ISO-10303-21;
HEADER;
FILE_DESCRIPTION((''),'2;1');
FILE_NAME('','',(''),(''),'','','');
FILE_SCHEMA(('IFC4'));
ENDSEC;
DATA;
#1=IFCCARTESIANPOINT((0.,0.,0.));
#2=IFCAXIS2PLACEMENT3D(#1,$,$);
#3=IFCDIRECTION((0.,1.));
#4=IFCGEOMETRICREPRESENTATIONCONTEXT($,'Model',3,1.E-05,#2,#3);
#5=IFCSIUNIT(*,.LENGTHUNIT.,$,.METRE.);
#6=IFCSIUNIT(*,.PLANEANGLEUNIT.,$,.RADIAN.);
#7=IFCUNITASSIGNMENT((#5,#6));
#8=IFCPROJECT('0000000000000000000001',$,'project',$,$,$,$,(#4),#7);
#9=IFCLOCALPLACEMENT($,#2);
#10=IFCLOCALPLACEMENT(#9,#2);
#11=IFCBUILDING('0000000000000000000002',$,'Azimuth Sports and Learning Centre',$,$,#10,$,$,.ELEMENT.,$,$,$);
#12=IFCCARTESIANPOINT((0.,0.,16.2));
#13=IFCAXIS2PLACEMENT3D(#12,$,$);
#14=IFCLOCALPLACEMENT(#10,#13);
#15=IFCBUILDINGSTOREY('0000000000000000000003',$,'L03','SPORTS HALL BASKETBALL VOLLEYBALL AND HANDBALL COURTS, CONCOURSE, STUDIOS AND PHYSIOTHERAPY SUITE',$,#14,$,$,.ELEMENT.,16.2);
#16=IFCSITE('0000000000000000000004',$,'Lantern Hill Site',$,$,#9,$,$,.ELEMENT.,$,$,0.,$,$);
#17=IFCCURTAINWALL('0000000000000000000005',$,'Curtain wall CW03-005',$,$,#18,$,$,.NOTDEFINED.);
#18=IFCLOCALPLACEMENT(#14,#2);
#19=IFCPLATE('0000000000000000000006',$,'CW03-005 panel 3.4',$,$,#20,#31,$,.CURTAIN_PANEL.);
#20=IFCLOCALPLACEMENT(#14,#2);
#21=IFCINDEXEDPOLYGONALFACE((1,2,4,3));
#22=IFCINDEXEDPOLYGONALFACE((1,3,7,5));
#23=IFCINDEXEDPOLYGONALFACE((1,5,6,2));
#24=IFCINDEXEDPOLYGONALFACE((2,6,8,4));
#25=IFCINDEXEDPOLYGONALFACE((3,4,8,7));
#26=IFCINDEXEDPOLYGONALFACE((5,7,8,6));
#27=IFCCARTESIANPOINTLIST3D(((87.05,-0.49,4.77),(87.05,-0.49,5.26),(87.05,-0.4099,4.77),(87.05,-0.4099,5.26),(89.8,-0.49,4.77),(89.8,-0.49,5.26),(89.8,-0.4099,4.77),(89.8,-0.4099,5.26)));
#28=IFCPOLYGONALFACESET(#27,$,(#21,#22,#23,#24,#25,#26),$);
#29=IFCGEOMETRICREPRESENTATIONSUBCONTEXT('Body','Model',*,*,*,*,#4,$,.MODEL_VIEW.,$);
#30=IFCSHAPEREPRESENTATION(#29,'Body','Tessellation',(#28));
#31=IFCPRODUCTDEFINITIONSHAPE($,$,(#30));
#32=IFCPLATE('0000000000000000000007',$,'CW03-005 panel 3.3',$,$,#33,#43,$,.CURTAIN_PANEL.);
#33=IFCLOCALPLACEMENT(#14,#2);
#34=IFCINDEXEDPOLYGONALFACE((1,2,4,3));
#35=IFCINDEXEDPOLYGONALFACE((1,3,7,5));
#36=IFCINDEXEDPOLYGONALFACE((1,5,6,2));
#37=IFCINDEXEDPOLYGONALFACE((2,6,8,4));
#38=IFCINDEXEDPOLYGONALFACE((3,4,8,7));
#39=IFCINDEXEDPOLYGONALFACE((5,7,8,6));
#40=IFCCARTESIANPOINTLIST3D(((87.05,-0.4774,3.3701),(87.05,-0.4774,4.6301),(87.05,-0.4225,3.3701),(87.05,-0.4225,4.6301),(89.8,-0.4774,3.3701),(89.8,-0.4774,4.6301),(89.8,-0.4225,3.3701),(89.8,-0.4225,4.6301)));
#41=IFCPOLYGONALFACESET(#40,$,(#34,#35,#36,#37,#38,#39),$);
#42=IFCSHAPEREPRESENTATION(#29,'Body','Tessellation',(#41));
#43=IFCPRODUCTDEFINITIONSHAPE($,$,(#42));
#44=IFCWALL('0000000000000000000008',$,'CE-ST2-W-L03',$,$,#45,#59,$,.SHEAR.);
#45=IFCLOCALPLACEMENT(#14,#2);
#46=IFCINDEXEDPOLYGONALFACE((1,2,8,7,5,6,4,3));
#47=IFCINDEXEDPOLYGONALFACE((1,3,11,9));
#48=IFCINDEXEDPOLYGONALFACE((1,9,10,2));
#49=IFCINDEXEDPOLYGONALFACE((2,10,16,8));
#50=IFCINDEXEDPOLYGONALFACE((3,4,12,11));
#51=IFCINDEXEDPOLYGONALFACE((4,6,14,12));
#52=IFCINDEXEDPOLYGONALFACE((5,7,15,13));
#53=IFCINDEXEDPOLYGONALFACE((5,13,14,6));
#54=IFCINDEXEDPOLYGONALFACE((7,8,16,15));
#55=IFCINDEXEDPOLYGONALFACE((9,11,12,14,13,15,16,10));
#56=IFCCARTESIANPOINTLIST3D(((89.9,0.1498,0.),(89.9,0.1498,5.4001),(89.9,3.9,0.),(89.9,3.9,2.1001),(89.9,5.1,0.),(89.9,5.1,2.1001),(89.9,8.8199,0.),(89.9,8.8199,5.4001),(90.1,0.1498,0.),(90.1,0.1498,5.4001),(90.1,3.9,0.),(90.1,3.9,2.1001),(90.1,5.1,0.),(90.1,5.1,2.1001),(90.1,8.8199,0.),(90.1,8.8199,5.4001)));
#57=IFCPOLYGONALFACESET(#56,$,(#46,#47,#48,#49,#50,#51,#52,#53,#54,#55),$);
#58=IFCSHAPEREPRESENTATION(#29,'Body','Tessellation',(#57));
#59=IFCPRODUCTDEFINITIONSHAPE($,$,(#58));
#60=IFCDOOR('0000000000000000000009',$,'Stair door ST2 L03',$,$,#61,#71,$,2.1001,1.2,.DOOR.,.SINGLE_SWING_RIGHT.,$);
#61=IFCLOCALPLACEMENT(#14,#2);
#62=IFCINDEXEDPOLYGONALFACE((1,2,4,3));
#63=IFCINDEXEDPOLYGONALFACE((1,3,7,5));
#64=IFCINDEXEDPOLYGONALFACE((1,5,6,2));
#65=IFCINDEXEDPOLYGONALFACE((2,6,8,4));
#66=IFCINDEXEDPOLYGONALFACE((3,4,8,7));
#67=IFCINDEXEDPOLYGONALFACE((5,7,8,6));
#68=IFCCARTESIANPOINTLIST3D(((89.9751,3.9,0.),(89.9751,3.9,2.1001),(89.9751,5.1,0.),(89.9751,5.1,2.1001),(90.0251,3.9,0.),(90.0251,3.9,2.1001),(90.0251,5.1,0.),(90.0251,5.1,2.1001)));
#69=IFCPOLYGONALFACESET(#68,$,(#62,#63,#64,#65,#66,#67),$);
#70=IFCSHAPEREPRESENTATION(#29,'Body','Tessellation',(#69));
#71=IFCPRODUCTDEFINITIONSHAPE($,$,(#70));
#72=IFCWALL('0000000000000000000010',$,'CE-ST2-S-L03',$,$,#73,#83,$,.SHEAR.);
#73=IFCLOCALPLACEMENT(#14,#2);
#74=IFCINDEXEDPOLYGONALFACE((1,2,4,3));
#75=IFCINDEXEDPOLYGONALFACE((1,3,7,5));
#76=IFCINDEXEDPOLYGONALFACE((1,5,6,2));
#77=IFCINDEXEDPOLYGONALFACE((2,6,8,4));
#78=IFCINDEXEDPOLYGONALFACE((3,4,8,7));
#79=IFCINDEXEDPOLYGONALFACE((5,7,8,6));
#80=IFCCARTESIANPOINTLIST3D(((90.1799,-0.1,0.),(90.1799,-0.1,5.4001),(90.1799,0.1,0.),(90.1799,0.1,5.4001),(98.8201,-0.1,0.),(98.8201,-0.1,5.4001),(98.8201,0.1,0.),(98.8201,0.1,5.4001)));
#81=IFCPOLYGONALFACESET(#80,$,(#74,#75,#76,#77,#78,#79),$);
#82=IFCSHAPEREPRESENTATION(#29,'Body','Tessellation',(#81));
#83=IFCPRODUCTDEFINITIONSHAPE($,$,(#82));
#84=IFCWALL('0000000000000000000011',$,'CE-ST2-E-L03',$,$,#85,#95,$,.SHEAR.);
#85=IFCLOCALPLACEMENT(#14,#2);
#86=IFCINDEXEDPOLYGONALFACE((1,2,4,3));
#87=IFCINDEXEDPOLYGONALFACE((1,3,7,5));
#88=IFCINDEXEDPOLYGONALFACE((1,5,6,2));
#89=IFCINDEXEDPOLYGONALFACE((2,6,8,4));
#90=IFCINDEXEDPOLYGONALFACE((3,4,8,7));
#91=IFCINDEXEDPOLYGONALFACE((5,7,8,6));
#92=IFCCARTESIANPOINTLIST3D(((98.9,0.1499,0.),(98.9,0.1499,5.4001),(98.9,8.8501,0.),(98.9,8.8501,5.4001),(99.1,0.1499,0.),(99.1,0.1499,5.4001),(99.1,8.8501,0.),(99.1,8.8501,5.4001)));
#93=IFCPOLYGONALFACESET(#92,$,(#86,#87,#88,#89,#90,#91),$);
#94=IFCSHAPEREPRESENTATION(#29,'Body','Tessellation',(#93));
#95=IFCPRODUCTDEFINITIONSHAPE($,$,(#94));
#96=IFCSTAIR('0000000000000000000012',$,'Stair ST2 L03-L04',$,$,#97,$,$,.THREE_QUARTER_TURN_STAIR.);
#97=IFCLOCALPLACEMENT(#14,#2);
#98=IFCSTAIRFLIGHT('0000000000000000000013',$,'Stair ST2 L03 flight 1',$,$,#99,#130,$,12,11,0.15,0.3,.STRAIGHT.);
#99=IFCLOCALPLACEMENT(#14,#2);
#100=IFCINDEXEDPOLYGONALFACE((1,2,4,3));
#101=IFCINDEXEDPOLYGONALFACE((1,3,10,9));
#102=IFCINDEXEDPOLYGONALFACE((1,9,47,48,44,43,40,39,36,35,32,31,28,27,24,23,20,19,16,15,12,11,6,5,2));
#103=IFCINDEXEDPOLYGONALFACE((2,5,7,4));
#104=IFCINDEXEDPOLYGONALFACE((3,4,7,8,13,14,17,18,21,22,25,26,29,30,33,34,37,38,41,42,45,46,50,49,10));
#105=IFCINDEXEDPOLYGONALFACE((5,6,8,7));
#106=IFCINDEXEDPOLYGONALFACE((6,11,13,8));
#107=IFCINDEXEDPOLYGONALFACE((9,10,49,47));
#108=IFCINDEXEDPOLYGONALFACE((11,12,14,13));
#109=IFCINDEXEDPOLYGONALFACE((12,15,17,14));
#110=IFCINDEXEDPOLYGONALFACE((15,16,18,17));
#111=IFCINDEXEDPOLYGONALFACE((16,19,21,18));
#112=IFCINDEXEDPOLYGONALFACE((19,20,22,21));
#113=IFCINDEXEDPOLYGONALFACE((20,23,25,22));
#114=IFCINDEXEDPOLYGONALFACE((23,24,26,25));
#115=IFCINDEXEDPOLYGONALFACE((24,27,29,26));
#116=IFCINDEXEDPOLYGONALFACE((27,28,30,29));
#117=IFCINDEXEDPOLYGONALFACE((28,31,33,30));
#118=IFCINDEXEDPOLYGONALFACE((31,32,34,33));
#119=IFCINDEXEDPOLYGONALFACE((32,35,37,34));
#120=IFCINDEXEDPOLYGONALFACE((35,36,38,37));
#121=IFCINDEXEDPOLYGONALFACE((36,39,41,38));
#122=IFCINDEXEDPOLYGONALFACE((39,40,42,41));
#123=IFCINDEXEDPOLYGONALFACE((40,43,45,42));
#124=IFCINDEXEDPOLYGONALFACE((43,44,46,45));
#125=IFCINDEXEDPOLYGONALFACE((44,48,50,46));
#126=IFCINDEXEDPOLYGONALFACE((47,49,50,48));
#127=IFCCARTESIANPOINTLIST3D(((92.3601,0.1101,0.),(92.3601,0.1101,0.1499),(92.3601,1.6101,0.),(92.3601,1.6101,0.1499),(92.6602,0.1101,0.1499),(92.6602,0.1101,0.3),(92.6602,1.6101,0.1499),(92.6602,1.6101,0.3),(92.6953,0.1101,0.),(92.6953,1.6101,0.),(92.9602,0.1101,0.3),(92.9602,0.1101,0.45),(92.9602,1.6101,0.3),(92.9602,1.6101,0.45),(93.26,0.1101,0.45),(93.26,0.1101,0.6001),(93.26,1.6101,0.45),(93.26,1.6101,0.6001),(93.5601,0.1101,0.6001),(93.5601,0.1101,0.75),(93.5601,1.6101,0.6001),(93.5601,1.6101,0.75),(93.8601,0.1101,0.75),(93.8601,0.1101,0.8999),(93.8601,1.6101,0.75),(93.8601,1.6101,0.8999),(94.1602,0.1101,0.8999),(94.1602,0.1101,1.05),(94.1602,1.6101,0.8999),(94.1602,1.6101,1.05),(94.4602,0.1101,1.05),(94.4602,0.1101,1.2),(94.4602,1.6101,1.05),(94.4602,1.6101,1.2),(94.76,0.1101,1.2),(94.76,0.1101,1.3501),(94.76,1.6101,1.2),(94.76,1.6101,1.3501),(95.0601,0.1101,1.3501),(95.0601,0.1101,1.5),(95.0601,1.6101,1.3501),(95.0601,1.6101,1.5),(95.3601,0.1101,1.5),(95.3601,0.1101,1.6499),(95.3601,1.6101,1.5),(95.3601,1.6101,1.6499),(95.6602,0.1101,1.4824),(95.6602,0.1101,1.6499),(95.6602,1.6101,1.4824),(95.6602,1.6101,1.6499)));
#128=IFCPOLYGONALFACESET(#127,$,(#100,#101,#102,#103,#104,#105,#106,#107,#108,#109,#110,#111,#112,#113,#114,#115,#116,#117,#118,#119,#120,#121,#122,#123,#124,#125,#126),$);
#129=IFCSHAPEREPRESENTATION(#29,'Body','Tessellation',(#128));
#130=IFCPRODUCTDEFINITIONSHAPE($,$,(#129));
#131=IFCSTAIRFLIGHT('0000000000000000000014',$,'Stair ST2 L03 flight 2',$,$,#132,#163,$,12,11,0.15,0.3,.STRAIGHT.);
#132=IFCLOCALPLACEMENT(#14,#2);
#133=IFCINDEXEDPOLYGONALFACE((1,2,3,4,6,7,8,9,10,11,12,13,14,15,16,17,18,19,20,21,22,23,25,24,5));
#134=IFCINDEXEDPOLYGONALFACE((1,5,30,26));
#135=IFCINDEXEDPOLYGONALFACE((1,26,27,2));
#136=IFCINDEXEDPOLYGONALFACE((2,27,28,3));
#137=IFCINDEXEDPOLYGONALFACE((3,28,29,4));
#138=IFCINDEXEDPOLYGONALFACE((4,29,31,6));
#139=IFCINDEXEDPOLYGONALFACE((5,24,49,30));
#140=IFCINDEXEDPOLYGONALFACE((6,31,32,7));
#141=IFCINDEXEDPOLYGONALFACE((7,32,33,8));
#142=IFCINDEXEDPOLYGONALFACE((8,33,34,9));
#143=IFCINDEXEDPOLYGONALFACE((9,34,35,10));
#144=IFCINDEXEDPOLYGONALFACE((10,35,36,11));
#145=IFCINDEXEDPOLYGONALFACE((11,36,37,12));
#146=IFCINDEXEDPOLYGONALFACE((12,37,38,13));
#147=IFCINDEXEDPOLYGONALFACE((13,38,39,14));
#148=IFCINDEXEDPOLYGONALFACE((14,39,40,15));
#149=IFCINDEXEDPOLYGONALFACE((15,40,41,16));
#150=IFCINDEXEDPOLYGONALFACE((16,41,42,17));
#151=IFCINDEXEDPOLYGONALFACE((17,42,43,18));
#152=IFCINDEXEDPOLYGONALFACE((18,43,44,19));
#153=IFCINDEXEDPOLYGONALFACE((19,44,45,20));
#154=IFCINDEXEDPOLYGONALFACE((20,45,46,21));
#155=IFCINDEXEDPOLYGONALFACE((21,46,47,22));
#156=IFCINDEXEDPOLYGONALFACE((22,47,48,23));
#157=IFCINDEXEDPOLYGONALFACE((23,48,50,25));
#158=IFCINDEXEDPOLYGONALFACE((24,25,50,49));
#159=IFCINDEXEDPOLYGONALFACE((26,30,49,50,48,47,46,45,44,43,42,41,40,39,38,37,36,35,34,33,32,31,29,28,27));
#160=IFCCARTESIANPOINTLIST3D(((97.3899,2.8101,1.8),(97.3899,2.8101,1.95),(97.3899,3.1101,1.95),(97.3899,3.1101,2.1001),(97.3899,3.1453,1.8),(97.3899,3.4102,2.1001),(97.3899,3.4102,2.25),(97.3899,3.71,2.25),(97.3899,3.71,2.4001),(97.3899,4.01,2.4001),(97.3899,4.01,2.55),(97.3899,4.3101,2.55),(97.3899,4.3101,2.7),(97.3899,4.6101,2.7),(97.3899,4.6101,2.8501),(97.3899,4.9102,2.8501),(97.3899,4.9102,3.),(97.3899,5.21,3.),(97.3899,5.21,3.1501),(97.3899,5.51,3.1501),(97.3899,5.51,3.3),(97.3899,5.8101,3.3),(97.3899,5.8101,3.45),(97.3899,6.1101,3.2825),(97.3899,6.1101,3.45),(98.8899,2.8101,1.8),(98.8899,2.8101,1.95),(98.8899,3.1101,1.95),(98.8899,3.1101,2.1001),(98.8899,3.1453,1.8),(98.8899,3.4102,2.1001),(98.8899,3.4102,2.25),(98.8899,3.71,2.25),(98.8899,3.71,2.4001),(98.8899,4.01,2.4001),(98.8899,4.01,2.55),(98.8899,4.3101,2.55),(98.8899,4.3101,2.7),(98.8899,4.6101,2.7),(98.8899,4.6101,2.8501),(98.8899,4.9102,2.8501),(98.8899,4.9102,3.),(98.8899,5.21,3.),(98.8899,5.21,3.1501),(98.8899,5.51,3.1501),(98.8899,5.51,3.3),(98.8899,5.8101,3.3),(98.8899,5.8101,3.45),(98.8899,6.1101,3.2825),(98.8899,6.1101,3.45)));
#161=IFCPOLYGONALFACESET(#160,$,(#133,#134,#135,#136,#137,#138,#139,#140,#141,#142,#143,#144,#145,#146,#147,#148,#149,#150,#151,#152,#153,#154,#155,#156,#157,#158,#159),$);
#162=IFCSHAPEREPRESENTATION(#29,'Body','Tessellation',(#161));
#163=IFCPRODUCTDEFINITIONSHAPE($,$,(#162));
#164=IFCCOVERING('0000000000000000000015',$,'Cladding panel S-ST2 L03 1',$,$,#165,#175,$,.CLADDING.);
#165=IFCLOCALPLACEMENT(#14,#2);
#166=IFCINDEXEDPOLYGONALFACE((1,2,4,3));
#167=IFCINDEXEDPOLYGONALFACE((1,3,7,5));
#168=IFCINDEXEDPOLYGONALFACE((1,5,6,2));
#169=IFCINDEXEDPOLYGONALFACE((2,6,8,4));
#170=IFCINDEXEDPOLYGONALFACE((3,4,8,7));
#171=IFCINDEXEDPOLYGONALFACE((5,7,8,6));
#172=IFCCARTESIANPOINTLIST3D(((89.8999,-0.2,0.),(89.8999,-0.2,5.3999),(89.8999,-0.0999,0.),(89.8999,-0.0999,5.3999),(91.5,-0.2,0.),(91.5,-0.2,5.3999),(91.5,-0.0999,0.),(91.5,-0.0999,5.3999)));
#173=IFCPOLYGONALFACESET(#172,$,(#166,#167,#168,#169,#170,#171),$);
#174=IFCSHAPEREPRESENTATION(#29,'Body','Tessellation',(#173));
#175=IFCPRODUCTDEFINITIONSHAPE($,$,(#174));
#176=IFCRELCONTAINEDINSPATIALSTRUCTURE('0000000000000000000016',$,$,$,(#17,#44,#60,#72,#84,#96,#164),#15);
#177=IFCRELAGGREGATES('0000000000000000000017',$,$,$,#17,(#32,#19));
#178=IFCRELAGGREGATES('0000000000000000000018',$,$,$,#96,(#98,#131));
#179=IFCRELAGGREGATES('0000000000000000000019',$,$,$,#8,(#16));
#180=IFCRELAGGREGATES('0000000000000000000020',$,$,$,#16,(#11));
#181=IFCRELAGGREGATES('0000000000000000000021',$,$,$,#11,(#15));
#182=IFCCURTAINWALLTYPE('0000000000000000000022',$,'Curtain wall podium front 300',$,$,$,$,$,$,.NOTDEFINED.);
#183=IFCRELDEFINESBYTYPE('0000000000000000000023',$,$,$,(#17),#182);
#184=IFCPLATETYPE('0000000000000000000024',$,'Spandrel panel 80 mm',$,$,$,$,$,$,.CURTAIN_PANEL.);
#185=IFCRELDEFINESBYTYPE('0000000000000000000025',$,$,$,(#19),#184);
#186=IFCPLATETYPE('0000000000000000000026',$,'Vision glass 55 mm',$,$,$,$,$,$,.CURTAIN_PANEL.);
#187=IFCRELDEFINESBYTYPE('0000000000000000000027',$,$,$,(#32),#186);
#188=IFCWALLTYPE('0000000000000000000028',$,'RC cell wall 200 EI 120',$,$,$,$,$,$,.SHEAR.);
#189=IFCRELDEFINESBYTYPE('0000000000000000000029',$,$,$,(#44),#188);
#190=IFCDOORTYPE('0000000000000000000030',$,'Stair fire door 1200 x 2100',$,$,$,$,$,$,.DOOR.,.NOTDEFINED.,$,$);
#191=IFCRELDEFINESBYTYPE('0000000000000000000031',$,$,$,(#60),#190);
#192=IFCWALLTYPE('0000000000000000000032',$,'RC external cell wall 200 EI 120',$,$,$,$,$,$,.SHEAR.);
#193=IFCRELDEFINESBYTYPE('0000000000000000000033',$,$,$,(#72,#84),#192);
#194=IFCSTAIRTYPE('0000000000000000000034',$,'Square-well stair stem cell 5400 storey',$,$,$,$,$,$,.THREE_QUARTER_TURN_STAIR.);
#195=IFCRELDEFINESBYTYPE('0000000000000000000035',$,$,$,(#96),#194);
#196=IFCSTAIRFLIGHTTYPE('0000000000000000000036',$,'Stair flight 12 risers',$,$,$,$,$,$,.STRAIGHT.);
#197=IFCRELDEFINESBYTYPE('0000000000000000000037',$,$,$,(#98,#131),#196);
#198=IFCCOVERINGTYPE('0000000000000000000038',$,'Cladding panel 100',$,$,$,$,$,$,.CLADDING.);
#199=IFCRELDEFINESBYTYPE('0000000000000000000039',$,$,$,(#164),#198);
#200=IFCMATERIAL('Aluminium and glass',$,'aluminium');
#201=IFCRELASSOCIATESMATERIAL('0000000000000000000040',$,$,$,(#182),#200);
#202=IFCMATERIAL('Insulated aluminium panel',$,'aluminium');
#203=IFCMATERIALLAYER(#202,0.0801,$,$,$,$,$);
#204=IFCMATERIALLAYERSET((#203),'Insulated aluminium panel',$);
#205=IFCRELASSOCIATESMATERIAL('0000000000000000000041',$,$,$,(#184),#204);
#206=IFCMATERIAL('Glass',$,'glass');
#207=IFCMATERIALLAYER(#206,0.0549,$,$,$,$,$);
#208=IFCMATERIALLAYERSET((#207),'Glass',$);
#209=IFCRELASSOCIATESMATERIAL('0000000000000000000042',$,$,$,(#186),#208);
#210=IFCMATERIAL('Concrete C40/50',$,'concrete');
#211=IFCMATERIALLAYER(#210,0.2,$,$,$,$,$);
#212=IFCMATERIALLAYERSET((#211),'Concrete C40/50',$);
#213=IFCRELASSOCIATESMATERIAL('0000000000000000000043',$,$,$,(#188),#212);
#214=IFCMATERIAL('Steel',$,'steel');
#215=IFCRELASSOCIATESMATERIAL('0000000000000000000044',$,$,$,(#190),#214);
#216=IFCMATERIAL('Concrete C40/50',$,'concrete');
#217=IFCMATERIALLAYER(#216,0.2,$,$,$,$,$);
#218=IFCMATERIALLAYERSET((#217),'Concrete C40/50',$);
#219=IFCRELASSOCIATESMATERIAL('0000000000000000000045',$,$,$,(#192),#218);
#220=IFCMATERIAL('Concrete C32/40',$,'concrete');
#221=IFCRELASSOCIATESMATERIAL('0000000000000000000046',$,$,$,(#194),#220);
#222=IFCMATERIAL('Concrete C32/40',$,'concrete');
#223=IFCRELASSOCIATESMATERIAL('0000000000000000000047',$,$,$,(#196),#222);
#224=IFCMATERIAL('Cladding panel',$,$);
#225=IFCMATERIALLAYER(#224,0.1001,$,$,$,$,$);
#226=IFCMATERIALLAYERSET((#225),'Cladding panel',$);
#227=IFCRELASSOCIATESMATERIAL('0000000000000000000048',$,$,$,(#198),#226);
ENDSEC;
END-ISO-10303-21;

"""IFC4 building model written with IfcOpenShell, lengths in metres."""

from ifc_helpers import new_model, si_unit, direction, frame, frame_2d, origin, origin_2d, place, context, subcontext, project, spatial, polyline, rectangle, outline, extrude, material, layer, layer_set, type_object, element, fill, aggregate, save


model = new_model("IFC4")

# Units and contexts
model_context = context("Model", 3, precision=1e-05, world=origin(), true_north=direction((0.0, 1.0)))
body_context = subcontext(model_context, "Body", "Model", "MODEL_VIEW")
ifc_project = project(units=[si_unit("LENGTHUNIT", "METRE"), si_unit("PLANEANGLEUNIT", "RADIAN")], contexts=[model_context])

# Site, building, storey
site_placement = place(None, origin())
site = spatial("IfcSite", under=ifc_project, at=site_placement, Name="Lantern Hill Site", CompositionType="ELEMENT", RefElevation=0.0)
building_placement = place(site_placement, origin())
building = spatial("IfcBuilding", under=site, at=building_placement, Name="Azimuth Sports and Learning Centre", CompositionType="ELEMENT")
storey_placement = place(building_placement, frame((0.0, 0.0, 16.2)))
storey = spatial("IfcBuildingStorey", under=building, at=storey_placement, Name="L03", Description="SPORTS HALL BASKETBALL VOLLEYBALL AND HANDBALL COURTS, CONCOURSE, STUDIOS AND PHYSIOTHERAPY SUITE", CompositionType="ELEMENT", Elevation=16.2)

# Curtain wall, plates
ifc_material_1 = material(Name="Aluminium and glass", Category="aluminium")
curtain_wall_type = type_object("IfcCurtainWallType", Name="Curtain wall podium front 300", PredefinedType="NOTDEFINED", material=ifc_material_1)
curtain_wall_placement = place(storey_placement, origin())
curtain_wall = element("IfcCurtainWall", 1, at=curtain_wall_placement, inside=storey, type_object=curtain_wall_type, Name="Curtain wall CW03-005", PredefinedType="NOTDEFINED")
ifc_material_2 = material(Name="Insulated aluminium panel", Category="aluminium")
ifc_layer_1 = layer(ifc_material_2, 0.0801)
ifc_layer_set_1 = layer_set([ifc_layer_1], Name="Insulated aluminium panel")
plate_type_1 = type_object("IfcPlateType", Name="Spandrel panel 80 mm", PredefinedType="CURTAIN_PANEL", material=ifc_layer_set_1)
plate_1_placement = place(storey_placement, frame((88.425, -0.45, 4.77), z_axis=(0.0, 0.0, 1.0), x_axis=(1.0, 0.0, 0.0)))
plate_1 = element("IfcPlate", 2, at=plate_1_placement, type_object=plate_type_1, Name="CW03-005 panel 3.4", PredefinedType="CURTAIN_PANEL", context=body_context, shape_type="SweptSolid", body=[
    extrude(rectangle(XDim=2.75, YDim=0.0801, at=origin_2d()), origin(), (0.0, 0.0, 1.0), 0.49),
])
ifc_material_3 = material(Name="Glass", Category="glass")
ifc_layer_2 = layer(ifc_material_3, 0.0549)
ifc_layer_set_2 = layer_set([ifc_layer_2], Name="Glass")
plate_type_2 = type_object("IfcPlateType", Name="Vision glass 55 mm", PredefinedType="CURTAIN_PANEL", material=ifc_layer_set_2)
plate_2_placement = place(storey_placement, frame((88.425, -0.45, 3.3701), z_axis=(0.0, 0.0, 1.0), x_axis=(1.0, 0.0, 0.0)))
plate_2 = element("IfcPlate", 3, at=plate_2_placement, type_object=plate_type_2, Name="CW03-005 panel 3.3", PredefinedType="CURTAIN_PANEL", context=body_context, shape_type="SweptSolid", body=[
    extrude(rectangle(XDim=2.75, YDim=0.0549, at=origin_2d()), origin(), (0.0, 0.0, 1.0), 1.26),
])
aggregate(curtain_wall, [plate_2, plate_1])

# Wall, opening, door
ifc_material_4 = material(Name="Concrete C40/50", Category="concrete")
ifc_layer_3 = layer(ifc_material_4, 0.2)
ifc_layer_set_3 = layer_set([ifc_layer_3], Name="Concrete C40/50")
wall_type_1 = type_object("IfcWallType", Name="RC cell wall 200 EI 120", PredefinedType="SHEAR", material=ifc_layer_set_3)
wall_1_placement = place(storey_placement, frame((90.0, 0.1499, 0.0), z_axis=(0.0, 0.0, 1.0), x_axis=(0.0, 1.0, 0.0)))
wall_1 = element("IfcWall", 4, at=wall_1_placement, inside=storey, type_object=wall_type_1, Name="CE-ST2-W-L03", PredefinedType="SHEAR", context=body_context, shape_type="SweptSolid", body=[
    extrude(rectangle(XDim=8.6702, YDim=0.2, at=frame_2d((4.335, 0.0))), origin(), (0.0, 0.0, 1.0), 5.4001),
])
opening_placement = place(wall_1_placement, frame((3.75, 0.0, 0.0)))
opening = element("IfcOpeningElement", 5, at=opening_placement, cuts=wall_1, PredefinedType="OPENING", context=body_context, shape_type="SweptSolid", body=[
    extrude(rectangle(XDim=1.2, YDim=2.1001, at=frame_2d((0.6001, 1.05))), frame((0.0, 0.1108, 0.0), z_axis=(0.0, -1.0, 0.0), x_axis=(1.0, 0.0, 0.0)), (0.0, 0.0, 1.0), 0.2219),
])
ifc_material_5 = material(Name="Steel", Category="steel")
door_type = type_object("IfcDoorType", Name="Stair fire door 1200 x 2100", OperationType="NOTDEFINED", PredefinedType="DOOR", material=ifc_material_5)
door_placement = place(opening_placement, origin())
door = element("IfcDoor", 6, at=door_placement, inside=storey, type_object=door_type, Name="Stair door ST2 L03", OperationType="SINGLE_SWING_RIGHT", OverallHeight=2.1001, OverallWidth=1.2, PredefinedType="DOOR", context=body_context, shape_type="SweptSolid", body=[
    extrude(rectangle(XDim=1.2, YDim=2.1001, at=frame_2d((0.6001, 1.05))), frame((0.0, 0.0249, 0.0), z_axis=(0.0, -1.0, 0.0), x_axis=(1.0, 0.0, 0.0)), (0.0, 0.0, 1.0), 0.05),
])
fill(opening, door)

# Walls
ifc_material_6 = material(Name="Concrete C40/50", Category="concrete")
ifc_layer_4 = layer(ifc_material_6, 0.2)
ifc_layer_set_4 = layer_set([ifc_layer_4], Name="Concrete C40/50")
wall_type_2 = type_object("IfcWallType", Name="RC external cell wall 200 EI 120", PredefinedType="SHEAR", material=ifc_layer_set_4)
wall_2_placement = place(storey_placement, frame((90.1799, 0.0, 0.0), z_axis=(0.0, 0.0, 1.0), x_axis=(1.0, 0.0, 0.0)))
element("IfcWall", 7, at=wall_2_placement, inside=storey, type_object=wall_type_2, Name="CE-ST2-S-L03", PredefinedType="SHEAR", context=body_context, shape_type="SweptSolid", body=[
    extrude(rectangle(XDim=8.6401, YDim=0.2, at=frame_2d((4.3201, 0.0))), origin(), (0.0, 0.0, 1.0), 5.4001),
])
wall_3_placement = place(storey_placement, frame((99.0, 0.1499, 0.0), z_axis=(0.0, 0.0, 1.0), x_axis=(0.0, 1.0, 0.0)))
element("IfcWall", 8, at=wall_3_placement, inside=storey, type_object=wall_type_2, Name="CE-ST2-E-L03", PredefinedType="SHEAR", context=body_context, shape_type="SweptSolid", body=[
    extrude(rectangle(XDim=8.7002, YDim=0.2, at=frame_2d((4.3501, 0.0))), origin(), (0.0, 0.0, 1.0), 5.4001),
])

# Stair, stair flights
ifc_material_7 = material(Name="Concrete C32/40", Category="concrete")
stair_type = type_object("IfcStairType", Name="Square-well stair stem cell 5400 storey", PredefinedType="THREE_QUARTER_TURN_STAIR", material=ifc_material_7)
stair_placement = place(storey_placement, origin())
stair = element("IfcStair", 9, at=stair_placement, inside=storey, type_object=stair_type, Name="Stair ST2 L03-L04", PredefinedType="THREE_QUARTER_TURN_STAIR")
ifc_material_8 = material(Name="Concrete C32/40", Category="concrete")
stair_flight_type = type_object("IfcStairFlightType", Name="Stair flight 12 risers", PredefinedType="STRAIGHT", material=ifc_material_8)
stair_flight_1_placement = place(storey_placement, frame((92.3601, 0.8601, 0.0), z_axis=(0.0, 0.0, 1.0), x_axis=(1.0, 0.0, 0.0)))
stair_flight_1 = element("IfcStairFlight", 10, at=stair_flight_1_placement, type_object=stair_flight_type, Name="Stair ST2 L03 flight 1", NumberOfRisers=12, NumberOfTreads=11, PredefinedType="STRAIGHT", RiserHeight=0.15, TreadLength=0.3, context=body_context, shape_type="SweptSolid", body=[
    extrude(outline(polyline([(0.0, 0.0), (0.0, 0.1499), (0.3, 0.1499), (0.3, 0.3), (0.6001, 0.3), (0.6001, 0.45), (0.8999, 0.45), (0.8999, 0.6001), (1.2, 0.6001), (1.2, 0.75), (1.5, 0.75), (1.5, 0.8999), (1.8, 0.8999), (1.8, 1.05), (2.1001, 1.05), (2.1001, 1.2), (2.3999, 1.2), (2.3999, 1.3501), (2.7, 1.3501), (2.7, 1.5), (3.0, 1.5), (3.0, 1.6499), (3.3, 1.6499), (3.3, 1.8), (3.3, 1.4824), (0.3352, 0.0), (0.0, 0.0)])), frame((0.0, 0.75, 0.0), z_axis=(0.0, -1.0, 0.0), x_axis=(1.0, 0.0, 0.0)), (0.0, 0.0, 1.0), 1.5),
])
stair_flight_2_placement = place(storey_placement, frame((98.1399, 2.8101, 1.8), z_axis=(0.0, 0.0, 1.0), x_axis=(0.0, 1.0, 0.0)))
stair_flight_2 = element("IfcStairFlight", 11, at=stair_flight_2_placement, type_object=stair_flight_type, Name="Stair ST2 L03 flight 2", NumberOfRisers=12, NumberOfTreads=11, PredefinedType="STRAIGHT", RiserHeight=0.15, TreadLength=0.3, context=body_context, shape_type="SweptSolid", body=[
    extrude(outline(polyline([(0.0, 0.0), (0.0, 0.1499), (0.3, 0.1499), (0.3, 0.3), (0.6001, 0.3), (0.6001, 0.45), (0.8999, 0.45), (0.8999, 0.6001), (1.2, 0.6001), (1.2, 0.75), (1.5, 0.75), (1.5, 0.8999), (1.8, 0.8999), (1.8, 1.05), (2.1001, 1.05), (2.1001, 1.2), (2.3999, 1.2), (2.3999, 1.3501), (2.7, 1.3501), (2.7, 1.5), (3.0, 1.5), (3.0, 1.6499), (3.3, 1.6499), (3.3, 1.8), (3.3, 1.4824), (0.3352, 0.0), (0.0, 0.0)])), frame((0.0, 0.75, 0.0), z_axis=(0.0, -1.0, 0.0), x_axis=(1.0, 0.0, 0.0)), (0.0, 0.0, 1.0), 1.5),
])
aggregate(stair, [stair_flight_1, stair_flight_2])

# Covering
ifc_material_9 = material(Name="Cladding panel")
ifc_layer_5 = layer(ifc_material_9, 0.1001)
ifc_layer_set_5 = layer_set([ifc_layer_5], Name="Cladding panel")
covering_type = type_object("IfcCoveringType", Name="Cladding panel 100", PredefinedType="CLADDING", material=ifc_layer_set_5)
covering_placement = place(storey_placement, frame((90.7, -0.1499, 0.0), z_axis=(0.0, 0.0, 1.0), x_axis=(1.0, 0.0, 0.0)))
element("IfcCovering", 12, at=covering_placement, inside=storey, type_object=covering_type, Name="Cladding panel S-ST2 L03 1", PredefinedType="CLADDING", context=body_context, shape_type="SweptSolid", body=[
    extrude(rectangle(XDim=1.6001, YDim=0.1001, at=origin_2d()), origin(), (0.0, 0.0, 1.0), 5.3999),
])

save(model, "model.ifc")
